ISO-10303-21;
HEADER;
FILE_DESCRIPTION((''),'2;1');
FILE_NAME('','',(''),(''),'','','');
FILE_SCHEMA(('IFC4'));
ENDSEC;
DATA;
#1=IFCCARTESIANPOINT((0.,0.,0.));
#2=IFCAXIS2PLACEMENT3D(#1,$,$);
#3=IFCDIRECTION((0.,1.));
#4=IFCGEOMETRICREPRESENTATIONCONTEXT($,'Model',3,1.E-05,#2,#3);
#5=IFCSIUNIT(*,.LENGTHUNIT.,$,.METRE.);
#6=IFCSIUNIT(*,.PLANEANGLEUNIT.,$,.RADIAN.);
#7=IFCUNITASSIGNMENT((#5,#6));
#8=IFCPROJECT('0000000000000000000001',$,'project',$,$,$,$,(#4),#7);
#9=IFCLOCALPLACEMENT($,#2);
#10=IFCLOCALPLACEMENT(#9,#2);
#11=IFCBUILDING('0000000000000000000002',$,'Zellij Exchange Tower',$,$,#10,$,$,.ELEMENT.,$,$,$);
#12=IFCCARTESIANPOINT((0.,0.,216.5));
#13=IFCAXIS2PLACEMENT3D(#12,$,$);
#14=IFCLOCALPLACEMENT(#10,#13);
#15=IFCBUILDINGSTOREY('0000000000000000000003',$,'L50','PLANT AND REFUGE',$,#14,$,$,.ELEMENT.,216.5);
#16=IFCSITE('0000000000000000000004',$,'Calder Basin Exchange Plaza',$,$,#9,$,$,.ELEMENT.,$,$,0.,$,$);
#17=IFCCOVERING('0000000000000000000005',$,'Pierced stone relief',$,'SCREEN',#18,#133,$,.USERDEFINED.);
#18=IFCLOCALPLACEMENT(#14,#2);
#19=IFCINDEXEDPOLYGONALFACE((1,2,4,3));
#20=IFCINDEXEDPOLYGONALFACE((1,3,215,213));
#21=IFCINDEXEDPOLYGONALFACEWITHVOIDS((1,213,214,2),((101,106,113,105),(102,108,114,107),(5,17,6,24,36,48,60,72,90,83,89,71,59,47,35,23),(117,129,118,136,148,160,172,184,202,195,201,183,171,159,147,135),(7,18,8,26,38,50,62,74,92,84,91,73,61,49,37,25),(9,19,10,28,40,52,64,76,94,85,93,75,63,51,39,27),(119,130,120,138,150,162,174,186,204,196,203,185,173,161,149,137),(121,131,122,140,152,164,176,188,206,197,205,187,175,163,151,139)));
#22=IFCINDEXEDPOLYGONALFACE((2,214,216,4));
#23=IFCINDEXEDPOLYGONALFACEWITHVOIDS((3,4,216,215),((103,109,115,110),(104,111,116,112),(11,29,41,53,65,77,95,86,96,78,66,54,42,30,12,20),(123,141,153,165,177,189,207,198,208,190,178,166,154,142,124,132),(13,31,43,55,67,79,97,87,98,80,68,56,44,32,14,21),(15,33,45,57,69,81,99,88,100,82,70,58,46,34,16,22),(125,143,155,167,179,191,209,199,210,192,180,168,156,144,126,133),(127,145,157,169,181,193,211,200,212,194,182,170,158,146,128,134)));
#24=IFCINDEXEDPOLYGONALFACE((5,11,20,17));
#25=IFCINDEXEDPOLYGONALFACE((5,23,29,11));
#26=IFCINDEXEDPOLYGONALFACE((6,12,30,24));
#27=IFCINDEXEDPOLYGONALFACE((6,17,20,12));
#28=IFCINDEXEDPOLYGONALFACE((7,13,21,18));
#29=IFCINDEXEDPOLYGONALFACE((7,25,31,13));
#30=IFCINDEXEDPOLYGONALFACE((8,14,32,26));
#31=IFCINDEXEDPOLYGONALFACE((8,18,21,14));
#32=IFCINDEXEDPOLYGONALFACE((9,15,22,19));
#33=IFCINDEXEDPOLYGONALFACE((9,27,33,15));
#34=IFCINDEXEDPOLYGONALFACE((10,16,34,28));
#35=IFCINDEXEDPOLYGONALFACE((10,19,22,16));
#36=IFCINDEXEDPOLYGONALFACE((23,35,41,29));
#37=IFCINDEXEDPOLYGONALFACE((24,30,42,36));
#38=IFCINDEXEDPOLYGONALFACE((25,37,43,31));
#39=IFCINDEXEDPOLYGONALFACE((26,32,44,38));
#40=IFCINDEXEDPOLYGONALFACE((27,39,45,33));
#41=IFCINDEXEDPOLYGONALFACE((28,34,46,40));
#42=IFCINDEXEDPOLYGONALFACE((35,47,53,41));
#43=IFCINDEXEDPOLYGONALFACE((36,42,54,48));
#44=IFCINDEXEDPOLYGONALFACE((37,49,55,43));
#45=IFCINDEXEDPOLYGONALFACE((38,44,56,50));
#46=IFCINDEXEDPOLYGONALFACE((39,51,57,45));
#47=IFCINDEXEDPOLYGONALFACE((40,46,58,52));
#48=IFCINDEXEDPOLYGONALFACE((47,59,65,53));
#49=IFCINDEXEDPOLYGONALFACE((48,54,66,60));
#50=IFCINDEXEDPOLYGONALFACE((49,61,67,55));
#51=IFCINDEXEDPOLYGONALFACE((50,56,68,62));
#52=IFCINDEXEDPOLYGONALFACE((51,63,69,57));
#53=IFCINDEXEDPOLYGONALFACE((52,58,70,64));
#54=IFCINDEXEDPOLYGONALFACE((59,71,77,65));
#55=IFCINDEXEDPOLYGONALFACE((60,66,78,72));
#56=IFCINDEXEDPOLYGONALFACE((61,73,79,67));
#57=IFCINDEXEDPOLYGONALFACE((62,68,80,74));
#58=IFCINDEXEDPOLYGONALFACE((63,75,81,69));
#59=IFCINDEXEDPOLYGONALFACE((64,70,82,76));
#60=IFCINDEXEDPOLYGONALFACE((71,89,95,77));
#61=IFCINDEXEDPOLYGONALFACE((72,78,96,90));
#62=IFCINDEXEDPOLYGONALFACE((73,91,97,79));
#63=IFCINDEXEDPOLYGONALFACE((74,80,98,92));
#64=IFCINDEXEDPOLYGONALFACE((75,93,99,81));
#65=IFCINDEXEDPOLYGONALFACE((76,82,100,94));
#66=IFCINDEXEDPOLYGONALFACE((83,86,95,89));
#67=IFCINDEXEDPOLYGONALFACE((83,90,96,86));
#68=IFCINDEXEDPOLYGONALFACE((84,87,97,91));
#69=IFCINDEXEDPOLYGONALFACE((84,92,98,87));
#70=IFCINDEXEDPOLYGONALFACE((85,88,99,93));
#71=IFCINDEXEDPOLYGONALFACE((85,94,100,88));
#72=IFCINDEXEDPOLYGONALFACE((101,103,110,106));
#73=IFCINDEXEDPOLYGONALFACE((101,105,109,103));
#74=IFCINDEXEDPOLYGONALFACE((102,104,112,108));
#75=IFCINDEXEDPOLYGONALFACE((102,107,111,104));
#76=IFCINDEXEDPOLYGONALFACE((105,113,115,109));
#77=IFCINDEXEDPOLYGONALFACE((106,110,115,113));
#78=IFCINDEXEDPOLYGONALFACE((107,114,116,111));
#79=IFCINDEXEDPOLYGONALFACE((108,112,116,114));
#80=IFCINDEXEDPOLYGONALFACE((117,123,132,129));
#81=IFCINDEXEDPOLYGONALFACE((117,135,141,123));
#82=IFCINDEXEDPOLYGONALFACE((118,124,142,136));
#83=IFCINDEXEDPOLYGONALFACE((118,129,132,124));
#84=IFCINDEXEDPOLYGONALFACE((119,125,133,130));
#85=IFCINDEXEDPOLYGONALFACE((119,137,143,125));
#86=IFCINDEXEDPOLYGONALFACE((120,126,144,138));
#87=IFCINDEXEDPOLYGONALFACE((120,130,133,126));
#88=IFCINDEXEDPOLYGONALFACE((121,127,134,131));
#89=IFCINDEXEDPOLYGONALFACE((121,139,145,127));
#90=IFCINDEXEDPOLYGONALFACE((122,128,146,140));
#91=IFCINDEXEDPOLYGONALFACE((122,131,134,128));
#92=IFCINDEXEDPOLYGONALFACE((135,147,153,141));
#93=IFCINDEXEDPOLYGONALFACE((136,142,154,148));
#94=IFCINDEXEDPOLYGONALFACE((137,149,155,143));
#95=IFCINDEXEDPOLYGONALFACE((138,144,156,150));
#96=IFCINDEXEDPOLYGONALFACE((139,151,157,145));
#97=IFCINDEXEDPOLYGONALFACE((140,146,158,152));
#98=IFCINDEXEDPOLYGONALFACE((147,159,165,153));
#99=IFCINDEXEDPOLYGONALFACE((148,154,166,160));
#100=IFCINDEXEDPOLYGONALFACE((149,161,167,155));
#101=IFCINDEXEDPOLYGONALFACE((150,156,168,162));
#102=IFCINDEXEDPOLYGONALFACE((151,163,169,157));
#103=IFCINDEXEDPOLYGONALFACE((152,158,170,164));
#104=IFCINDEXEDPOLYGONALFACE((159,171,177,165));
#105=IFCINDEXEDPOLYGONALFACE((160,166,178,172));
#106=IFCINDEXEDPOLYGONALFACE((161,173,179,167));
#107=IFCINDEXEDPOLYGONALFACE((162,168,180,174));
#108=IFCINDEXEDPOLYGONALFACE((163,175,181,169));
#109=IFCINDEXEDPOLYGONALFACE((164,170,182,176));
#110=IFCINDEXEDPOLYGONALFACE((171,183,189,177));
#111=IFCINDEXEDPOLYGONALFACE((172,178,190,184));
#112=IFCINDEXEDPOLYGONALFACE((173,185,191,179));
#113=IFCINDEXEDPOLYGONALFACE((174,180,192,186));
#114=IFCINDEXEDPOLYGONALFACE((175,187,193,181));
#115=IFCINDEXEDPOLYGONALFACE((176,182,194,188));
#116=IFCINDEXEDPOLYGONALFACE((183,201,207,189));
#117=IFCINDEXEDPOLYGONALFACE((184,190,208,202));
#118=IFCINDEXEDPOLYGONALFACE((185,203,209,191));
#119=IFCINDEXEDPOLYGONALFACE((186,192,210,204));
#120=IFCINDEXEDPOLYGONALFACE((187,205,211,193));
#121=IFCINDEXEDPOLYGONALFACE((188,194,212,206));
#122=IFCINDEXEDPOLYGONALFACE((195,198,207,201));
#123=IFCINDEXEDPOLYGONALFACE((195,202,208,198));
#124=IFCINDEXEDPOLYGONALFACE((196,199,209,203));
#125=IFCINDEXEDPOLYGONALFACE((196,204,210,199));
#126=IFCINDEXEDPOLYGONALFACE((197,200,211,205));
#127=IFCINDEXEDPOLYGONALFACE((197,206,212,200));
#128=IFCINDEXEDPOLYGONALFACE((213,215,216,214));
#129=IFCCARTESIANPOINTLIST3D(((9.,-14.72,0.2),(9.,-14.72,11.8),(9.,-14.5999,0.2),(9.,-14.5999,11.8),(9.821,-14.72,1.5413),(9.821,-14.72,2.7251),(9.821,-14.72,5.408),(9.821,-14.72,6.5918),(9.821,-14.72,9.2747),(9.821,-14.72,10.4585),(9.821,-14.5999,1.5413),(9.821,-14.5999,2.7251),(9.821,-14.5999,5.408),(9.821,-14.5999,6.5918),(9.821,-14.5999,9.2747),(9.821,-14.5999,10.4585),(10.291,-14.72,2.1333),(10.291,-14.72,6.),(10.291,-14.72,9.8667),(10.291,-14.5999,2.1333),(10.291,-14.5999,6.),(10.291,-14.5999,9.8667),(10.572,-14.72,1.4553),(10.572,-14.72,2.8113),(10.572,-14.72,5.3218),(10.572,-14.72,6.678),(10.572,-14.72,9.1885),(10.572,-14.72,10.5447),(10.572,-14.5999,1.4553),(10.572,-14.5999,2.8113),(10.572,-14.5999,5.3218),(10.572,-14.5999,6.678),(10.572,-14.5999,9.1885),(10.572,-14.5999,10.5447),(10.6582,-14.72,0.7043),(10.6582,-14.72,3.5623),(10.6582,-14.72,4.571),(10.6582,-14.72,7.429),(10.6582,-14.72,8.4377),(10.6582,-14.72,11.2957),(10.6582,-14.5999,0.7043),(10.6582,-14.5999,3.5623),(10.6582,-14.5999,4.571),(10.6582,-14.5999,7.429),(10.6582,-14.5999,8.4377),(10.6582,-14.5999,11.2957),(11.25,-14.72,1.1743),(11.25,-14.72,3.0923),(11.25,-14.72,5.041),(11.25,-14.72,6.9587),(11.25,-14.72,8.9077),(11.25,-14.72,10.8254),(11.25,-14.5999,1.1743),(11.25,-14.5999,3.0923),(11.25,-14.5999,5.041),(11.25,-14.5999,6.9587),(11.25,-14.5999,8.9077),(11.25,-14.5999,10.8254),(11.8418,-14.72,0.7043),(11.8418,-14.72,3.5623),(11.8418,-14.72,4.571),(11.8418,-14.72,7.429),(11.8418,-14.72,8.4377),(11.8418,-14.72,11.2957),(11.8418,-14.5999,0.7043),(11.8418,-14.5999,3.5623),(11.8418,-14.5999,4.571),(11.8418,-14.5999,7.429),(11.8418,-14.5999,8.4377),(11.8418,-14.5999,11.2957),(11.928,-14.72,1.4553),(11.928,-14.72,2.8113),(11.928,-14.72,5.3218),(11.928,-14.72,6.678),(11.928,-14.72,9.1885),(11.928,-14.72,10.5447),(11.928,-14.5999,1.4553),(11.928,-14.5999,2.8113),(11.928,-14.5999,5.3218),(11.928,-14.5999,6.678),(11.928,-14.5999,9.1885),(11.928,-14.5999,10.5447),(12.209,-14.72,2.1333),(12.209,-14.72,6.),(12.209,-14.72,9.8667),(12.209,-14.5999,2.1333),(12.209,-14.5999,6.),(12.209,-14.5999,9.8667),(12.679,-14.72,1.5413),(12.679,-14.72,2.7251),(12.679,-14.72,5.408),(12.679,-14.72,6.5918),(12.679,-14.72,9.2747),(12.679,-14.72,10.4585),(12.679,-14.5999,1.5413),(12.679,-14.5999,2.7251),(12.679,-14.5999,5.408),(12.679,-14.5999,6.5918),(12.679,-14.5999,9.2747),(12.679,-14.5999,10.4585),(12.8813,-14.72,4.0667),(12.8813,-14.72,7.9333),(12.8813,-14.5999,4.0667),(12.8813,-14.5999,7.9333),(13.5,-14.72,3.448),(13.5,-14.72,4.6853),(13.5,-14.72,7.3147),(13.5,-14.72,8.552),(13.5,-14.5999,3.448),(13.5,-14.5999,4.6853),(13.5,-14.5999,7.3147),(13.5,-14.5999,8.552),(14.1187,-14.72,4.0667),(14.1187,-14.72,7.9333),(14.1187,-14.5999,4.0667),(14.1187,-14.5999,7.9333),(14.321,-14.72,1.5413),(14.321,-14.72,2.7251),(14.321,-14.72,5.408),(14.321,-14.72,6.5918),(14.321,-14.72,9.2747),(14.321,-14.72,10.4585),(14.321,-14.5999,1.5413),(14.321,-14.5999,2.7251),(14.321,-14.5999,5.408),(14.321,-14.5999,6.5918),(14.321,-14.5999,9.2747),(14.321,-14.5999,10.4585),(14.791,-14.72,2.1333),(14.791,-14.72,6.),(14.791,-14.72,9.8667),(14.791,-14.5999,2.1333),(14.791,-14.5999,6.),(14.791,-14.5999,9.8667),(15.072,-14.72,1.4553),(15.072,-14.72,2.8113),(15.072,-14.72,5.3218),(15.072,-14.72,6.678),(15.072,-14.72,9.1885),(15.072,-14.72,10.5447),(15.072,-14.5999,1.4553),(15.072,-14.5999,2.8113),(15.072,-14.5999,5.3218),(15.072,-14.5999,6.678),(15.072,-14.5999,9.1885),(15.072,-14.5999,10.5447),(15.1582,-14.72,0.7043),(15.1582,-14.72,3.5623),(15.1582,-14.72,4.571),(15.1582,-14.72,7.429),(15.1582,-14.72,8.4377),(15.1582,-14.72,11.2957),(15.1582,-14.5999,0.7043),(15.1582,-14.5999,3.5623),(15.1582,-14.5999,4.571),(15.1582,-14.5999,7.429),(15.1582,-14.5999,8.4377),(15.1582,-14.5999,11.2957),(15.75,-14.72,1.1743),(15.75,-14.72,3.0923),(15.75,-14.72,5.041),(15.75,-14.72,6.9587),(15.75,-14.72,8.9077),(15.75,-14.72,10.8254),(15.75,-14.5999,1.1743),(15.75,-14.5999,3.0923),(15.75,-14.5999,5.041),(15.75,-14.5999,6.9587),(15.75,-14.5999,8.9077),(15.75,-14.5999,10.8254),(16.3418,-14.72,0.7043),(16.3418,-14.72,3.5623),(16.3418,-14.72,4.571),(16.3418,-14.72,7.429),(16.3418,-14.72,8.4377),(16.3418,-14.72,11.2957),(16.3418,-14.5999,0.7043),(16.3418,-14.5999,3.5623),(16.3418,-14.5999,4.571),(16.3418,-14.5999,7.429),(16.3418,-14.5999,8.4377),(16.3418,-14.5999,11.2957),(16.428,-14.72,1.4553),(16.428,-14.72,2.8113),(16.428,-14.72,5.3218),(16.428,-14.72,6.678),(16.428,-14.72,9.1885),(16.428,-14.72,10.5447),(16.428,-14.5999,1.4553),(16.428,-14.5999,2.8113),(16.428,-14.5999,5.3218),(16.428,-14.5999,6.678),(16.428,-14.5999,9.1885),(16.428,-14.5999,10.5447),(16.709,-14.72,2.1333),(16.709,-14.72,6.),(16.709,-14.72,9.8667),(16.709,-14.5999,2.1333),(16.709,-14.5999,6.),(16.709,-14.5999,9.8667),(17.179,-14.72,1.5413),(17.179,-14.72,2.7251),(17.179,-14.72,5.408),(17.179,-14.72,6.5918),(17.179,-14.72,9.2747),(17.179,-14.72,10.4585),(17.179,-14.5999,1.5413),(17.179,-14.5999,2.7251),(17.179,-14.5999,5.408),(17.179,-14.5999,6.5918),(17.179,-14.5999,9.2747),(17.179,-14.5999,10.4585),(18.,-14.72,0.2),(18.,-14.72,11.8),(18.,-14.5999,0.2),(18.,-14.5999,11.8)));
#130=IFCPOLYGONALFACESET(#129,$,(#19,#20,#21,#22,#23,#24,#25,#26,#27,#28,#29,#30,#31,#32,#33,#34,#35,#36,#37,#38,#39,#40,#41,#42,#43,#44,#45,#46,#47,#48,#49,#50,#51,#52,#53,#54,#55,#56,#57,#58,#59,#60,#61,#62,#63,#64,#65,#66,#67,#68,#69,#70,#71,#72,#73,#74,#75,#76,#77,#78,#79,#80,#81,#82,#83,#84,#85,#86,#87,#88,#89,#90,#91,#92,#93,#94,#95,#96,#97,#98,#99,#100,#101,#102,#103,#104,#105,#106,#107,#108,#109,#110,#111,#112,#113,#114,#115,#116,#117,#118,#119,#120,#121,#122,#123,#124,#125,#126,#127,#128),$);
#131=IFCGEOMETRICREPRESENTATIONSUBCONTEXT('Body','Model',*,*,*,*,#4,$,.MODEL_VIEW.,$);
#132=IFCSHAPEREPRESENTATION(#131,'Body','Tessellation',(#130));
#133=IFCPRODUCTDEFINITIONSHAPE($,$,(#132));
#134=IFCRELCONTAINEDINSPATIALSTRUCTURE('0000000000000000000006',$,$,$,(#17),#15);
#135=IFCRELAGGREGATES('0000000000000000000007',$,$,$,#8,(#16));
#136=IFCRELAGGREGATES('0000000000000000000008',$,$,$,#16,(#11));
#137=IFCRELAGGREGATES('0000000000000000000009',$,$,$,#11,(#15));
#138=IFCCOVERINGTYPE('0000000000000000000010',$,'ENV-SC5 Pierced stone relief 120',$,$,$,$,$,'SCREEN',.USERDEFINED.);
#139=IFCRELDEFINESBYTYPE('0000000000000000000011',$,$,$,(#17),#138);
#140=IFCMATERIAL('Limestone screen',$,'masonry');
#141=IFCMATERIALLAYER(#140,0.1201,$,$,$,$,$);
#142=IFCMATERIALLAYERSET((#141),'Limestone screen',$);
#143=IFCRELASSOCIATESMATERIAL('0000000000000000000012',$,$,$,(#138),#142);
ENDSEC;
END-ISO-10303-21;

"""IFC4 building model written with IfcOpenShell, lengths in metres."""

from ifc_helpers import new_model, si_unit, direction, frame, origin, place, context, subcontext, project, spatial, polyline, outline, extrude, material, layer, layer_set, type_object, element, save


model = new_model("IFC4")

# Units and contexts
model_context = context("Model", 3, precision=1e-05, world=origin(), true_north=direction((0.0, 1.0)))
body_context = subcontext(model_context, "Body", "Model", "MODEL_VIEW")
ifc_project = project(units=[si_unit("LENGTHUNIT", "METRE"), si_unit("PLANEANGLEUNIT", "RADIAN")], contexts=[model_context])

# Site, building, storey
site_placement = place(None, origin())
site = spatial("IfcSite", under=ifc_project, at=site_placement, Name="Calder Basin Exchange Plaza", CompositionType="ELEMENT", RefElevation=0.0)
building_placement = place(site_placement, origin())
building = spatial("IfcBuilding", under=site, at=building_placement, Name="Zellij Exchange Tower", CompositionType="ELEMENT")
storey_placement = place(building_placement, frame((0.0, 0.0, 216.5)))
storey = spatial("IfcBuildingStorey", under=building, at=storey_placement, Name="L50", Description="PLANT AND REFUGE", CompositionType="ELEMENT", Elevation=216.5)

# Covering
ifc_material_1 = material(Name="Limestone screen", Category="masonry")
ifc_layer_1 = layer(ifc_material_1, 0.1201)
ifc_layer_set_1 = layer_set([ifc_layer_1], Name="Limestone screen")
covering_type = type_object("IfcCoveringType", Name="ENV-SC5 Pierced stone relief 120", ElementType="SCREEN", PredefinedType="USERDEFINED", material=ifc_layer_set_1)
covering_1_placement = place(storey_placement, frame((9.0, -14.6599, 0.2), z_axis=(0.0, 0.0, 1.0), x_axis=(1.0, 0.0, 0.0)))
element("IfcCovering", 1, at=covering_1_placement, inside=storey, type_object=covering_type, Name="Pierced stone relief", ObjectType="SCREEN", PredefinedType="USERDEFINED", context=body_context, shape_type="SweptSolid", body=[
    extrude(outline(polyline([(0.0, 0.0), (9.0, 0.0), (9.0, 11.6001), (0.0, 11.6001), (0.0, 0.0)]), holes=[polyline([(3.679, 2.5251), (2.928, 2.6113), (2.8418, 3.3623), (2.25, 2.8923), (1.6582, 3.3623), (1.572, 2.6113), (0.821, 2.5251), (1.291, 1.9333), (0.821, 1.3413), (1.572, 1.2554), (1.6582, 0.5044), (2.25, 0.9744), (2.8418, 0.5044), (2.928, 1.2554), (3.679, 1.3413), (3.209, 1.9333), (3.679, 2.5251)]), polyline([(3.679, 6.3918), (2.928, 6.478), (2.8418, 7.229), (2.25, 6.7588), (1.6582, 7.229), (1.572, 6.478), (0.821, 6.3918), (1.291, 5.8), (0.821, 5.208), (1.572, 5.1218), (1.6582, 4.3711), (2.25, 4.8411), (2.8418, 4.3711), (2.928, 5.1218), (3.679, 5.208), (3.209, 5.8), (3.679, 6.3918)]), polyline([(3.679, 10.2585), (2.928, 10.3447), (2.8418, 11.0957), (2.25, 10.6255), (1.6582, 11.0957), (1.572, 10.3447), (0.821, 10.2585), (1.291, 9.6667), (0.821, 9.0747), (1.572, 8.9885), (1.6582, 8.2378), (2.25, 8.7078), (2.8418, 8.2378), (2.928, 8.9885), (3.679, 9.0747), (3.209, 9.6667), (3.679, 10.2585)]), polyline([(8.179, 2.5251), (7.428, 2.6113), (7.3418, 3.3623), (6.75, 2.8923), (6.1582, 3.3623), (6.072, 2.6113), (5.321, 2.5251), (5.791, 1.9333), (5.321, 1.3413), (6.072, 1.2554), (6.1582, 0.5044), (6.75, 0.9744), (7.3418, 0.5044), (7.428, 1.2554), (8.179, 1.3413), (7.709, 1.9333), (8.179, 2.5251)]), polyline([(8.179, 6.3918), (7.428, 6.478), (7.3418, 7.229), (6.75, 6.7588), (6.1582, 7.229), (6.072, 6.478), (5.321, 6.3918), (5.791, 5.8), (5.321, 5.208), (6.072, 5.1218), (6.1582, 4.3711), (6.75, 4.8411), (7.3418, 4.3711), (7.428, 5.1218), (8.179, 5.208), (7.709, 5.8), (8.179, 6.3918)]), polyline([(8.179, 10.2585), (7.428, 10.3447), (7.3418, 11.0957), (6.75, 10.6255), (6.1582, 11.0957), (6.072, 10.3447), (5.321, 10.2585), (5.791, 9.6667), (5.321, 9.0747), (6.072, 8.9885), (6.1582, 8.2378), (6.75, 8.7078), (7.3418, 8.2378), (7.428, 8.9885), (8.179, 9.0747), (7.709, 9.6667), (8.179, 10.2585)]), polyline([(5.1187, 3.8667), (4.5, 4.4854), (3.8813, 3.8667), (4.5, 3.248), (5.1187, 3.8667)]), polyline([(5.1187, 7.7334), (4.5, 8.3521), (3.8813, 7.7334), (4.5, 7.1147), (5.1187, 7.7334)])]), frame((0.0, 0.0601, 0.0), z_axis=(0.0, -1.0, 0.0), x_axis=(1.0, 0.0, 0.0)), (0.0, 0.0, 1.0), 0.1201),
])

save(model, "model.ifc")
